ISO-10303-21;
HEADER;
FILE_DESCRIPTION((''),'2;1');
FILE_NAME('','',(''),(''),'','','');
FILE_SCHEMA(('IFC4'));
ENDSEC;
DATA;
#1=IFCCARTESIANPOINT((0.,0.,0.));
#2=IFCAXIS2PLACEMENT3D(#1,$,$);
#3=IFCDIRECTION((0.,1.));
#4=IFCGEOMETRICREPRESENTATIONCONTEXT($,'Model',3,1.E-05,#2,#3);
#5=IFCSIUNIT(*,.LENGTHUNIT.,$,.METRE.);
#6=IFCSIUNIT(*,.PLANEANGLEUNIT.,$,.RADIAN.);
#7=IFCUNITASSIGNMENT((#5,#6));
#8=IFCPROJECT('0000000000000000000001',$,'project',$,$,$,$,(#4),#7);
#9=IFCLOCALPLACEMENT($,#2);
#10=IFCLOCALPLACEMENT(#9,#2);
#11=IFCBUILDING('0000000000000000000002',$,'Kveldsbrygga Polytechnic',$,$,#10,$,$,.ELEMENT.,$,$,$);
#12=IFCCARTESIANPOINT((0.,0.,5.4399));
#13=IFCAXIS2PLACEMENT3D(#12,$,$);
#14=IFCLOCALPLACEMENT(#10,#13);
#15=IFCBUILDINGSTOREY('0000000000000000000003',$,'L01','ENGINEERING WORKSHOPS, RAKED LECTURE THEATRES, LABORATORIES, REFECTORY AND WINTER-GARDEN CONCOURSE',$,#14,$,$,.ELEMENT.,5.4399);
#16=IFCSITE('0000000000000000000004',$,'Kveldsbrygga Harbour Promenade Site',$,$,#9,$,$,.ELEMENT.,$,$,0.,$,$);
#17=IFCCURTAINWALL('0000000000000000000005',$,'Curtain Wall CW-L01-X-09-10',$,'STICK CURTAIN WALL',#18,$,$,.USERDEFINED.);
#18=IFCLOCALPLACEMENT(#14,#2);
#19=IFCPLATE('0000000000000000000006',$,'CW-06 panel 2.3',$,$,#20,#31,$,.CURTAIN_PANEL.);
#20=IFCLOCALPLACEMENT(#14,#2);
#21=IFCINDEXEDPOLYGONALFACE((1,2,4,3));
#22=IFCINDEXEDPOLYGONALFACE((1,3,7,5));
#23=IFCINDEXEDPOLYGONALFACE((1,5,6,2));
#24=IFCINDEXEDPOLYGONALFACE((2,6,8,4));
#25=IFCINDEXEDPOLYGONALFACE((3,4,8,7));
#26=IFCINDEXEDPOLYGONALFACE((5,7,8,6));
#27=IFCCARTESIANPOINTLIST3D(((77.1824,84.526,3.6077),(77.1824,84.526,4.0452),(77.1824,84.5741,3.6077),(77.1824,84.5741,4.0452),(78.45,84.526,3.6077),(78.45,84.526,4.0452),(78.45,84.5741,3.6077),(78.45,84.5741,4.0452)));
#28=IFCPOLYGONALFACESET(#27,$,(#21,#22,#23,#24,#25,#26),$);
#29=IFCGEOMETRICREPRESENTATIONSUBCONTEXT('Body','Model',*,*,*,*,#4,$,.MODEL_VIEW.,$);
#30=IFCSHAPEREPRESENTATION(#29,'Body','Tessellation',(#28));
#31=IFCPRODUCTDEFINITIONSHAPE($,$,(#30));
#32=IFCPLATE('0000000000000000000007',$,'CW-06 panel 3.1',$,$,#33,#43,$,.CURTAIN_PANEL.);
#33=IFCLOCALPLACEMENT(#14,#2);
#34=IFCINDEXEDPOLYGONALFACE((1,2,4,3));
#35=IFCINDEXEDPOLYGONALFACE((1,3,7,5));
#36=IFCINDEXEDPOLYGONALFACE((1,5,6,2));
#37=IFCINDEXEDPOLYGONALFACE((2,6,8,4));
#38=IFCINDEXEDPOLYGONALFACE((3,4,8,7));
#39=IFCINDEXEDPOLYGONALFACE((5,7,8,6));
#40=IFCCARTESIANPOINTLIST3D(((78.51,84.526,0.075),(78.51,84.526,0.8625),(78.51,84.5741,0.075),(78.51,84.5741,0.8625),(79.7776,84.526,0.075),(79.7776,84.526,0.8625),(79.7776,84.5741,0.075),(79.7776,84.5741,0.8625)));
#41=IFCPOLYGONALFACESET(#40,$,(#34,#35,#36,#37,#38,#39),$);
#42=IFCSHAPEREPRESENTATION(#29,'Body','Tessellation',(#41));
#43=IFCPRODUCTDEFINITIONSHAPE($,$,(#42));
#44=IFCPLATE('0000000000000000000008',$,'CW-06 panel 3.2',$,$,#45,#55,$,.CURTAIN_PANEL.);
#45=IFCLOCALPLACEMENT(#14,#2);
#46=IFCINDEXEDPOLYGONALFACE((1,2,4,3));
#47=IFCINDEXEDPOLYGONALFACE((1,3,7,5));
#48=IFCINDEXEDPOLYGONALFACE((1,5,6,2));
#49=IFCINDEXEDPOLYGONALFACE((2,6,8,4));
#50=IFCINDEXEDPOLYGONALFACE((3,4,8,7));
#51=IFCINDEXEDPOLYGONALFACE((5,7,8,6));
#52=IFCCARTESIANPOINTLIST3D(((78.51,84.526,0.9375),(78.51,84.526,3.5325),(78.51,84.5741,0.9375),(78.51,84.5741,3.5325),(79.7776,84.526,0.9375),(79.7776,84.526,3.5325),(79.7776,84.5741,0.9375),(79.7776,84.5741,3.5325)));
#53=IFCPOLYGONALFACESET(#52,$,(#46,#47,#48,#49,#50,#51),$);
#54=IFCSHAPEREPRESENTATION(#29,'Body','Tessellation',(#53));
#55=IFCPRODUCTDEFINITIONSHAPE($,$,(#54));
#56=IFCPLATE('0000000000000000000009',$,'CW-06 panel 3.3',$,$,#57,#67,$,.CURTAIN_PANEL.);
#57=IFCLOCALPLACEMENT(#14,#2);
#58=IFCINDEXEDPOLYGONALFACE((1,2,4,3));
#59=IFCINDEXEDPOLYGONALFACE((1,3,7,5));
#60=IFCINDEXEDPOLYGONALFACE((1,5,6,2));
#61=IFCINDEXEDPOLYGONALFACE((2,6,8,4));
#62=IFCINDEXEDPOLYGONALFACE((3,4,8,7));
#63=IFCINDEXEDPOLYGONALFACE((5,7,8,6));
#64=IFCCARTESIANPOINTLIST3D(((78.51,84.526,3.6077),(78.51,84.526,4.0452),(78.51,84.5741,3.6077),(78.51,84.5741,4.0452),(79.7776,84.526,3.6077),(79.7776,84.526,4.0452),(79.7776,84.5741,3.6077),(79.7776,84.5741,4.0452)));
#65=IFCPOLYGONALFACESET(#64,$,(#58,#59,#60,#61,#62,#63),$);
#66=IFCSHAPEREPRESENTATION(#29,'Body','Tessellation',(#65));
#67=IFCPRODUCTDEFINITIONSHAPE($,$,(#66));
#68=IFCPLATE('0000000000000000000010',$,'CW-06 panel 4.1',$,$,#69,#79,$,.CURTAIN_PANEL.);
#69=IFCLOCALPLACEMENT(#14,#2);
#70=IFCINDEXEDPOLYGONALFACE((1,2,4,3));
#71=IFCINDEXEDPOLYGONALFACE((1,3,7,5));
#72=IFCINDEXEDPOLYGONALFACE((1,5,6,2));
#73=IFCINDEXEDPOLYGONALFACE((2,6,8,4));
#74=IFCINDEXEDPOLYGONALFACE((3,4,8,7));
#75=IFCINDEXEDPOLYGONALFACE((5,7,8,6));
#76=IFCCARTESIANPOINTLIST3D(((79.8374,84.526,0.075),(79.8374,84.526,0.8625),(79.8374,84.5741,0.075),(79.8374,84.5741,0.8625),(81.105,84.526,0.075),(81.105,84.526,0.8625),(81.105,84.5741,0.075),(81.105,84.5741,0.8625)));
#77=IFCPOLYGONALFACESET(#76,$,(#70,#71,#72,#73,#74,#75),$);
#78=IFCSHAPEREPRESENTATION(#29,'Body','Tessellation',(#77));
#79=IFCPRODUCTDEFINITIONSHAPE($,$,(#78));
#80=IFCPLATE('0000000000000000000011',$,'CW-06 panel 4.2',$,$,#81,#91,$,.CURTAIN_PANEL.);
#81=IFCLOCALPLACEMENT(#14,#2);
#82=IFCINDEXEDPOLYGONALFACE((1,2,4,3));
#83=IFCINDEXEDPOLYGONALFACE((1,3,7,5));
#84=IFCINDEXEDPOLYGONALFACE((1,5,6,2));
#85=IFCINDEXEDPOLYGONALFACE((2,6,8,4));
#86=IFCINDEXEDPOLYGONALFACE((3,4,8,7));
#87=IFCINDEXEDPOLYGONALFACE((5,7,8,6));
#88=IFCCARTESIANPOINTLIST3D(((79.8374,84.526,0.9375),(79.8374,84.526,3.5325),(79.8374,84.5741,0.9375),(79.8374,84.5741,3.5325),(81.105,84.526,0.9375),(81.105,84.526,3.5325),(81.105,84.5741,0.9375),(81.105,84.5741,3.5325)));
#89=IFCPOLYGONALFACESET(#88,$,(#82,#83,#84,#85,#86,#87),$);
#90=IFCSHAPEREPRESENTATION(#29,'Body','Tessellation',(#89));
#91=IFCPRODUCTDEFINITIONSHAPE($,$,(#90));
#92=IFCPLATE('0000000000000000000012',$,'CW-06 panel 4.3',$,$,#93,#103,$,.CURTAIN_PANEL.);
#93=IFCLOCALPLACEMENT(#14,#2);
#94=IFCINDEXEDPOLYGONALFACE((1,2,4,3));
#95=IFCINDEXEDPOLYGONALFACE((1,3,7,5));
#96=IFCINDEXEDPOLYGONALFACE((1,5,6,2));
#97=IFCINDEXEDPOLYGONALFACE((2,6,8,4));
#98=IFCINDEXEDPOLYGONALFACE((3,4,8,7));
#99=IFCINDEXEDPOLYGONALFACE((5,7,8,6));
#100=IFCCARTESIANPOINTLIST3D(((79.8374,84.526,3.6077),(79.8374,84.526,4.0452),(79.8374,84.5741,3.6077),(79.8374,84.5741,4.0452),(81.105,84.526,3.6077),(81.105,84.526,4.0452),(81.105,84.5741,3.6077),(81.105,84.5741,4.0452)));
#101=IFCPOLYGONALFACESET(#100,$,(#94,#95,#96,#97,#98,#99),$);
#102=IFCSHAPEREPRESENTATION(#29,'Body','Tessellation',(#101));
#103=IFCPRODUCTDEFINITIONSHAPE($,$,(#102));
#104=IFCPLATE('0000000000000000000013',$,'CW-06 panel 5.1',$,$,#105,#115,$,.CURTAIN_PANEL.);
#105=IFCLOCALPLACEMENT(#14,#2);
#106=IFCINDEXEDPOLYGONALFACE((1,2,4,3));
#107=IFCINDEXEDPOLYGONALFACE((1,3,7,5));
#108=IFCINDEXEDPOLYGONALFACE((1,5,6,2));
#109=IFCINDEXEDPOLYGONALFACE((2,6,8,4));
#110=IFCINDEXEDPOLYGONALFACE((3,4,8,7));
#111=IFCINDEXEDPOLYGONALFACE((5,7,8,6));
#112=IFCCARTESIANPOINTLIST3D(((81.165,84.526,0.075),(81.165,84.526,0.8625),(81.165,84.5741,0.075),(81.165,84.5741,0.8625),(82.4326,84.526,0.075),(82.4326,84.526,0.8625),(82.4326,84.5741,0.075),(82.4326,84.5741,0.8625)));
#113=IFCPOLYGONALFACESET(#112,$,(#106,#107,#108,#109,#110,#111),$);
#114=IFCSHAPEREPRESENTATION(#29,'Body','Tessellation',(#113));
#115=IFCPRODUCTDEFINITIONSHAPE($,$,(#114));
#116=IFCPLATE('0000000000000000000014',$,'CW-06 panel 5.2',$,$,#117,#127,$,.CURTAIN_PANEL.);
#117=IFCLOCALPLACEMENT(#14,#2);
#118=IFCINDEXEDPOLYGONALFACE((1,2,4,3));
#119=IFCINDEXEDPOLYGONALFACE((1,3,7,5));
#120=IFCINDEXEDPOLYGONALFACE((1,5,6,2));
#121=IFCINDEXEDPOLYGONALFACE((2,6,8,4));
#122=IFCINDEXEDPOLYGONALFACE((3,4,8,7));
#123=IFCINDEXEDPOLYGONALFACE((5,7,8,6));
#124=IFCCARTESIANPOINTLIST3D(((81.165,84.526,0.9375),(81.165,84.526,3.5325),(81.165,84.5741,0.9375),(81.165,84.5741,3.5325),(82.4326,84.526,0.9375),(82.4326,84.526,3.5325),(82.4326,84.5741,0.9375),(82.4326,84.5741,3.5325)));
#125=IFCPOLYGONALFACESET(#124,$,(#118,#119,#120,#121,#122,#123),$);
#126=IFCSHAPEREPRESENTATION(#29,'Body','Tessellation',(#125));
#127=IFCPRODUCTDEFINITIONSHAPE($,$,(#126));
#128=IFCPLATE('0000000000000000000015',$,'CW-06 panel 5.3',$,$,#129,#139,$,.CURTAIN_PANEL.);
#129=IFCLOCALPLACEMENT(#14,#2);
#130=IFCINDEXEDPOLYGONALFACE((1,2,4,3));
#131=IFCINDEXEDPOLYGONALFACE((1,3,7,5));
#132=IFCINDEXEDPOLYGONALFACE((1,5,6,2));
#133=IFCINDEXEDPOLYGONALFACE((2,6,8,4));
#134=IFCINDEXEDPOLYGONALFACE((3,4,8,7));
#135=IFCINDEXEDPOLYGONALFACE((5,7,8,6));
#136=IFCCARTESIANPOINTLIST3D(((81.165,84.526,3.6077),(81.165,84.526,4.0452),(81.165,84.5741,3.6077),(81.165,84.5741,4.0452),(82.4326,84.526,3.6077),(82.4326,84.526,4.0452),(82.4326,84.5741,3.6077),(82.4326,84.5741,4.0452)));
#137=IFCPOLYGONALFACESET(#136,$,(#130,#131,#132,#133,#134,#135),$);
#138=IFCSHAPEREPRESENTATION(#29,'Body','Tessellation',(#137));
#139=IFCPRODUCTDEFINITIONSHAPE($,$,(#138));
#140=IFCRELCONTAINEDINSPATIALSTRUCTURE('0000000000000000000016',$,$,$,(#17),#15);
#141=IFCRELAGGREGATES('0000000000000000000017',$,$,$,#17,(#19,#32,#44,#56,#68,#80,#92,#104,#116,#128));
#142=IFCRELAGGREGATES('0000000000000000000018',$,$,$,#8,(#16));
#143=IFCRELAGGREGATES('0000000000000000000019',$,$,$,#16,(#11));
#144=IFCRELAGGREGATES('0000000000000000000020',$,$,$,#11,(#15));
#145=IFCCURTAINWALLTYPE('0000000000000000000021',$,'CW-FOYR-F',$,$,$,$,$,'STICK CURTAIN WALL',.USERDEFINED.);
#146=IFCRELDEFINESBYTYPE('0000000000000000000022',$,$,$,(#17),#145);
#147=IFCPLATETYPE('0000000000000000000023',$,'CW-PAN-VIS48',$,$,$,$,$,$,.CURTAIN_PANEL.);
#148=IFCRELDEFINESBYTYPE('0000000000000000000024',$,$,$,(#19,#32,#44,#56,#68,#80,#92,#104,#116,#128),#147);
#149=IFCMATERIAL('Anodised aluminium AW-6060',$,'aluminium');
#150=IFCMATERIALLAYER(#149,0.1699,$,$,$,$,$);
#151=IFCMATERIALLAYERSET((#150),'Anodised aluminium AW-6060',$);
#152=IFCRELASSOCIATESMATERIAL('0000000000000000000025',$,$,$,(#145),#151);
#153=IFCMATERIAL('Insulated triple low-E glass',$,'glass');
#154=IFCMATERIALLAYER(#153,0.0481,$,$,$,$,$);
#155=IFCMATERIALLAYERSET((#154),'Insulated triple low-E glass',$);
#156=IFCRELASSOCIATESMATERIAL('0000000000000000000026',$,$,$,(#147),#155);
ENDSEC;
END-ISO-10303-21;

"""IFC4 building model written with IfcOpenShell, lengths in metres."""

from ifc_helpers import new_model, si_unit, direction, frame, origin, origin_2d, place, context, subcontext, project, spatial, rectangle, extrude, material, layer, layer_set, type_object, element, aggregate, save


model = new_model("IFC4")

# Units and contexts
model_context = context("Model", 3, precision=1e-05, world=origin(), true_north=direction((0.0, 1.0)))
body_context = subcontext(model_context, "Body", "Model", "MODEL_VIEW")
ifc_project = project(units=[si_unit("LENGTHUNIT", "METRE"), si_unit("PLANEANGLEUNIT", "RADIAN")], contexts=[model_context])

# Site, building, storey
site_placement = place(None, origin())
site = spatial("IfcSite", under=ifc_project, at=site_placement, Name="Kveldsbrygga Harbour Promenade Site", CompositionType="ELEMENT", RefElevation=0.0)
building_placement = place(site_placement, origin())
building = spatial("IfcBuilding", under=site, at=building_placement, Name="Kveldsbrygga Polytechnic", CompositionType="ELEMENT")
storey_placement = place(building_placement, frame((0.0, 0.0, 5.4399)))
storey = spatial("IfcBuildingStorey", under=building, at=storey_placement, Name="L01", Description="ENGINEERING WORKSHOPS, RAKED LECTURE THEATRES, LABORATORIES, REFECTORY AND WINTER-GARDEN CONCOURSE", CompositionType="ELEMENT", Elevation=5.4399)

# Curtain wall, plates
ifc_material_1 = material(Name="Anodised aluminium AW-6060", Category="aluminium")
ifc_layer_1 = layer(ifc_material_1, 0.1699)
ifc_layer_set_1 = layer_set([ifc_layer_1], Name="Anodised aluminium AW-6060")
curtain_wall_type = type_object("IfcCurtainWallType", Name="CW-FOYR-F", ElementType="STICK CURTAIN WALL", PredefinedType="USERDEFINED", material=ifc_layer_set_1)
curtain_wall_placement = place(storey_placement, origin())
curtain_wall = element("IfcCurtainWall", 1, at=curtain_wall_placement, inside=storey, type_object=curtain_wall_type, Name="Curtain Wall CW-L01-X-09-10", ObjectType="STICK CURTAIN WALL", PredefinedType="USERDEFINED")
ifc_material_2 = material(Name="Insulated triple low-E glass", Category="glass")
ifc_layer_2 = layer(ifc_material_2, 0.0481)
ifc_layer_set_2 = layer_set([ifc_layer_2], Name="Insulated triple low-E glass")
plate_type = type_object("IfcPlateType", Name="CW-PAN-VIS48", PredefinedType="CURTAIN_PANEL", material=ifc_layer_set_2)
plate_1_placement = place(storey_placement, frame((77.8162, 84.55, 3.6077), z_axis=(0.0, 0.0, 1.0), x_axis=(1.0, 0.0, 0.0)))
plate_1 = element("IfcPlate", 2, at=plate_1_placement, type_object=plate_type, Name="CW-06 panel 2.3", PredefinedType="CURTAIN_PANEL", context=body_context, shape_type="SweptSolid", body=[
    extrude(rectangle(XDim=1.2676, YDim=0.0481, at=origin_2d()), origin(), (0.0, 0.0, 1.0), 0.4375),
])
plate_2_placement = place(storey_placement, frame((79.1438, 84.55, 0.075), z_axis=(0.0, 0.0, 1.0), x_axis=(1.0, 0.0, 0.0)))
plate_2 = element("IfcPlate", 3, at=plate_2_placement, type_object=plate_type, Name="CW-06 panel 3.1", PredefinedType="CURTAIN_PANEL", context=body_context, shape_type="SweptSolid", body=[
    extrude(rectangle(XDim=1.2676, YDim=0.0481, at=origin_2d()), origin(), (0.0, 0.0, 1.0), 0.7876),
])
plate_3_placement = place(storey_placement, frame((79.1438, 84.55, 0.9375), z_axis=(0.0, 0.0, 1.0), x_axis=(1.0, 0.0, 0.0)))
plate_3 = element("IfcPlate", 4, at=plate_3_placement, type_object=plate_type, Name="CW-06 panel 3.2", PredefinedType="CURTAIN_PANEL", context=body_context, shape_type="SweptSolid", body=[
    extrude(rectangle(XDim=1.2676, YDim=0.0481, at=origin_2d()), origin(), (0.0, 0.0, 1.0), 2.595),
])
plate_4_placement = place(storey_placement, frame((79.1438, 84.55, 3.6077), z_axis=(0.0, 0.0, 1.0), x_axis=(1.0, 0.0, 0.0)))
plate_4 = element("IfcPlate", 5, at=plate_4_placement, type_object=plate_type, Name="CW-06 panel 3.3", PredefinedType="CURTAIN_PANEL", context=body_context, shape_type="SweptSolid", body=[
    extrude(rectangle(XDim=1.2676, YDim=0.0481, at=origin_2d()), origin(), (0.0, 0.0, 1.0), 0.4375),
])
plate_5_placement = place(storey_placement, frame((80.4712, 84.55, 0.075), z_axis=(0.0, 0.0, 1.0), x_axis=(1.0, 0.0, 0.0)))
plate_5 = element("IfcPlate", 6, at=plate_5_placement, type_object=plate_type, Name="CW-06 panel 4.1", PredefinedType="CURTAIN_PANEL", context=body_context, shape_type="SweptSolid", body=[
    extrude(rectangle(XDim=1.2676, YDim=0.0481, at=origin_2d()), origin(), (0.0, 0.0, 1.0), 0.7876),
])
plate_6_placement = place(storey_placement, frame((80.4712, 84.55, 0.9375), z_axis=(0.0, 0.0, 1.0), x_axis=(1.0, 0.0, 0.0)))
plate_6 = element("IfcPlate", 7, at=plate_6_placement, type_object=plate_type, Name="CW-06 panel 4.2", PredefinedType="CURTAIN_PANEL", context=body_context, shape_type="SweptSolid", body=[
    extrude(rectangle(XDim=1.2676, YDim=0.0481, at=origin_2d()), origin(), (0.0, 0.0, 1.0), 2.595),
])
plate_7_placement = place(storey_placement, frame((80.4712, 84.55, 3.6077), z_axis=(0.0, 0.0, 1.0), x_axis=(1.0, 0.0, 0.0)))
plate_7 = element("IfcPlate", 8, at=plate_7_placement, type_object=plate_type, Name="CW-06 panel 4.3", PredefinedType="CURTAIN_PANEL", context=body_context, shape_type="SweptSolid", body=[
    extrude(rectangle(XDim=1.2676, YDim=0.0481, at=origin_2d()), origin(), (0.0, 0.0, 1.0), 0.4375),
])
plate_8_placement = place(storey_placement, frame((81.7988, 84.55, 0.075), z_axis=(0.0, 0.0, 1.0), x_axis=(1.0, 0.0, 0.0)))
plate_8 = element("IfcPlate", 9, at=plate_8_placement, type_object=plate_type, Name="CW-06 panel 5.1", PredefinedType="CURTAIN_PANEL", context=body_context, shape_type="SweptSolid", body=[
    extrude(rectangle(XDim=1.2676, YDim=0.0481, at=origin_2d()), origin(), (0.0, 0.0, 1.0), 0.7876),
])
plate_9_placement = place(storey_placement, frame((81.7988, 84.55, 0.9375), z_axis=(0.0, 0.0, 1.0), x_axis=(1.0, 0.0, 0.0)))
plate_9 = element("IfcPlate", 10, at=plate_9_placement, type_object=plate_type, Name="CW-06 panel 5.2", PredefinedType="CURTAIN_PANEL", context=body_context, shape_type="SweptSolid", body=[
    extrude(rectangle(XDim=1.2676, YDim=0.0481, at=origin_2d()), origin(), (0.0, 0.0, 1.0), 2.595),
])
plate_10_placement = place(storey_placement, frame((81.7988, 84.55, 3.6077), z_axis=(0.0, 0.0, 1.0), x_axis=(1.0, 0.0, 0.0)))
plate_10 = element("IfcPlate", 11, at=plate_10_placement, type_object=plate_type, Name="CW-06 panel 5.3", PredefinedType="CURTAIN_PANEL", context=body_context, shape_type="SweptSolid", body=[
    extrude(rectangle(XDim=1.2676, YDim=0.0481, at=origin_2d()), origin(), (0.0, 0.0, 1.0), 0.4375),
])
aggregate(curtain_wall, [plate_1, plate_2, plate_3, plate_4, plate_5, plate_6, plate_7, plate_8, plate_9, plate_10])

save(model, "model.ifc")
